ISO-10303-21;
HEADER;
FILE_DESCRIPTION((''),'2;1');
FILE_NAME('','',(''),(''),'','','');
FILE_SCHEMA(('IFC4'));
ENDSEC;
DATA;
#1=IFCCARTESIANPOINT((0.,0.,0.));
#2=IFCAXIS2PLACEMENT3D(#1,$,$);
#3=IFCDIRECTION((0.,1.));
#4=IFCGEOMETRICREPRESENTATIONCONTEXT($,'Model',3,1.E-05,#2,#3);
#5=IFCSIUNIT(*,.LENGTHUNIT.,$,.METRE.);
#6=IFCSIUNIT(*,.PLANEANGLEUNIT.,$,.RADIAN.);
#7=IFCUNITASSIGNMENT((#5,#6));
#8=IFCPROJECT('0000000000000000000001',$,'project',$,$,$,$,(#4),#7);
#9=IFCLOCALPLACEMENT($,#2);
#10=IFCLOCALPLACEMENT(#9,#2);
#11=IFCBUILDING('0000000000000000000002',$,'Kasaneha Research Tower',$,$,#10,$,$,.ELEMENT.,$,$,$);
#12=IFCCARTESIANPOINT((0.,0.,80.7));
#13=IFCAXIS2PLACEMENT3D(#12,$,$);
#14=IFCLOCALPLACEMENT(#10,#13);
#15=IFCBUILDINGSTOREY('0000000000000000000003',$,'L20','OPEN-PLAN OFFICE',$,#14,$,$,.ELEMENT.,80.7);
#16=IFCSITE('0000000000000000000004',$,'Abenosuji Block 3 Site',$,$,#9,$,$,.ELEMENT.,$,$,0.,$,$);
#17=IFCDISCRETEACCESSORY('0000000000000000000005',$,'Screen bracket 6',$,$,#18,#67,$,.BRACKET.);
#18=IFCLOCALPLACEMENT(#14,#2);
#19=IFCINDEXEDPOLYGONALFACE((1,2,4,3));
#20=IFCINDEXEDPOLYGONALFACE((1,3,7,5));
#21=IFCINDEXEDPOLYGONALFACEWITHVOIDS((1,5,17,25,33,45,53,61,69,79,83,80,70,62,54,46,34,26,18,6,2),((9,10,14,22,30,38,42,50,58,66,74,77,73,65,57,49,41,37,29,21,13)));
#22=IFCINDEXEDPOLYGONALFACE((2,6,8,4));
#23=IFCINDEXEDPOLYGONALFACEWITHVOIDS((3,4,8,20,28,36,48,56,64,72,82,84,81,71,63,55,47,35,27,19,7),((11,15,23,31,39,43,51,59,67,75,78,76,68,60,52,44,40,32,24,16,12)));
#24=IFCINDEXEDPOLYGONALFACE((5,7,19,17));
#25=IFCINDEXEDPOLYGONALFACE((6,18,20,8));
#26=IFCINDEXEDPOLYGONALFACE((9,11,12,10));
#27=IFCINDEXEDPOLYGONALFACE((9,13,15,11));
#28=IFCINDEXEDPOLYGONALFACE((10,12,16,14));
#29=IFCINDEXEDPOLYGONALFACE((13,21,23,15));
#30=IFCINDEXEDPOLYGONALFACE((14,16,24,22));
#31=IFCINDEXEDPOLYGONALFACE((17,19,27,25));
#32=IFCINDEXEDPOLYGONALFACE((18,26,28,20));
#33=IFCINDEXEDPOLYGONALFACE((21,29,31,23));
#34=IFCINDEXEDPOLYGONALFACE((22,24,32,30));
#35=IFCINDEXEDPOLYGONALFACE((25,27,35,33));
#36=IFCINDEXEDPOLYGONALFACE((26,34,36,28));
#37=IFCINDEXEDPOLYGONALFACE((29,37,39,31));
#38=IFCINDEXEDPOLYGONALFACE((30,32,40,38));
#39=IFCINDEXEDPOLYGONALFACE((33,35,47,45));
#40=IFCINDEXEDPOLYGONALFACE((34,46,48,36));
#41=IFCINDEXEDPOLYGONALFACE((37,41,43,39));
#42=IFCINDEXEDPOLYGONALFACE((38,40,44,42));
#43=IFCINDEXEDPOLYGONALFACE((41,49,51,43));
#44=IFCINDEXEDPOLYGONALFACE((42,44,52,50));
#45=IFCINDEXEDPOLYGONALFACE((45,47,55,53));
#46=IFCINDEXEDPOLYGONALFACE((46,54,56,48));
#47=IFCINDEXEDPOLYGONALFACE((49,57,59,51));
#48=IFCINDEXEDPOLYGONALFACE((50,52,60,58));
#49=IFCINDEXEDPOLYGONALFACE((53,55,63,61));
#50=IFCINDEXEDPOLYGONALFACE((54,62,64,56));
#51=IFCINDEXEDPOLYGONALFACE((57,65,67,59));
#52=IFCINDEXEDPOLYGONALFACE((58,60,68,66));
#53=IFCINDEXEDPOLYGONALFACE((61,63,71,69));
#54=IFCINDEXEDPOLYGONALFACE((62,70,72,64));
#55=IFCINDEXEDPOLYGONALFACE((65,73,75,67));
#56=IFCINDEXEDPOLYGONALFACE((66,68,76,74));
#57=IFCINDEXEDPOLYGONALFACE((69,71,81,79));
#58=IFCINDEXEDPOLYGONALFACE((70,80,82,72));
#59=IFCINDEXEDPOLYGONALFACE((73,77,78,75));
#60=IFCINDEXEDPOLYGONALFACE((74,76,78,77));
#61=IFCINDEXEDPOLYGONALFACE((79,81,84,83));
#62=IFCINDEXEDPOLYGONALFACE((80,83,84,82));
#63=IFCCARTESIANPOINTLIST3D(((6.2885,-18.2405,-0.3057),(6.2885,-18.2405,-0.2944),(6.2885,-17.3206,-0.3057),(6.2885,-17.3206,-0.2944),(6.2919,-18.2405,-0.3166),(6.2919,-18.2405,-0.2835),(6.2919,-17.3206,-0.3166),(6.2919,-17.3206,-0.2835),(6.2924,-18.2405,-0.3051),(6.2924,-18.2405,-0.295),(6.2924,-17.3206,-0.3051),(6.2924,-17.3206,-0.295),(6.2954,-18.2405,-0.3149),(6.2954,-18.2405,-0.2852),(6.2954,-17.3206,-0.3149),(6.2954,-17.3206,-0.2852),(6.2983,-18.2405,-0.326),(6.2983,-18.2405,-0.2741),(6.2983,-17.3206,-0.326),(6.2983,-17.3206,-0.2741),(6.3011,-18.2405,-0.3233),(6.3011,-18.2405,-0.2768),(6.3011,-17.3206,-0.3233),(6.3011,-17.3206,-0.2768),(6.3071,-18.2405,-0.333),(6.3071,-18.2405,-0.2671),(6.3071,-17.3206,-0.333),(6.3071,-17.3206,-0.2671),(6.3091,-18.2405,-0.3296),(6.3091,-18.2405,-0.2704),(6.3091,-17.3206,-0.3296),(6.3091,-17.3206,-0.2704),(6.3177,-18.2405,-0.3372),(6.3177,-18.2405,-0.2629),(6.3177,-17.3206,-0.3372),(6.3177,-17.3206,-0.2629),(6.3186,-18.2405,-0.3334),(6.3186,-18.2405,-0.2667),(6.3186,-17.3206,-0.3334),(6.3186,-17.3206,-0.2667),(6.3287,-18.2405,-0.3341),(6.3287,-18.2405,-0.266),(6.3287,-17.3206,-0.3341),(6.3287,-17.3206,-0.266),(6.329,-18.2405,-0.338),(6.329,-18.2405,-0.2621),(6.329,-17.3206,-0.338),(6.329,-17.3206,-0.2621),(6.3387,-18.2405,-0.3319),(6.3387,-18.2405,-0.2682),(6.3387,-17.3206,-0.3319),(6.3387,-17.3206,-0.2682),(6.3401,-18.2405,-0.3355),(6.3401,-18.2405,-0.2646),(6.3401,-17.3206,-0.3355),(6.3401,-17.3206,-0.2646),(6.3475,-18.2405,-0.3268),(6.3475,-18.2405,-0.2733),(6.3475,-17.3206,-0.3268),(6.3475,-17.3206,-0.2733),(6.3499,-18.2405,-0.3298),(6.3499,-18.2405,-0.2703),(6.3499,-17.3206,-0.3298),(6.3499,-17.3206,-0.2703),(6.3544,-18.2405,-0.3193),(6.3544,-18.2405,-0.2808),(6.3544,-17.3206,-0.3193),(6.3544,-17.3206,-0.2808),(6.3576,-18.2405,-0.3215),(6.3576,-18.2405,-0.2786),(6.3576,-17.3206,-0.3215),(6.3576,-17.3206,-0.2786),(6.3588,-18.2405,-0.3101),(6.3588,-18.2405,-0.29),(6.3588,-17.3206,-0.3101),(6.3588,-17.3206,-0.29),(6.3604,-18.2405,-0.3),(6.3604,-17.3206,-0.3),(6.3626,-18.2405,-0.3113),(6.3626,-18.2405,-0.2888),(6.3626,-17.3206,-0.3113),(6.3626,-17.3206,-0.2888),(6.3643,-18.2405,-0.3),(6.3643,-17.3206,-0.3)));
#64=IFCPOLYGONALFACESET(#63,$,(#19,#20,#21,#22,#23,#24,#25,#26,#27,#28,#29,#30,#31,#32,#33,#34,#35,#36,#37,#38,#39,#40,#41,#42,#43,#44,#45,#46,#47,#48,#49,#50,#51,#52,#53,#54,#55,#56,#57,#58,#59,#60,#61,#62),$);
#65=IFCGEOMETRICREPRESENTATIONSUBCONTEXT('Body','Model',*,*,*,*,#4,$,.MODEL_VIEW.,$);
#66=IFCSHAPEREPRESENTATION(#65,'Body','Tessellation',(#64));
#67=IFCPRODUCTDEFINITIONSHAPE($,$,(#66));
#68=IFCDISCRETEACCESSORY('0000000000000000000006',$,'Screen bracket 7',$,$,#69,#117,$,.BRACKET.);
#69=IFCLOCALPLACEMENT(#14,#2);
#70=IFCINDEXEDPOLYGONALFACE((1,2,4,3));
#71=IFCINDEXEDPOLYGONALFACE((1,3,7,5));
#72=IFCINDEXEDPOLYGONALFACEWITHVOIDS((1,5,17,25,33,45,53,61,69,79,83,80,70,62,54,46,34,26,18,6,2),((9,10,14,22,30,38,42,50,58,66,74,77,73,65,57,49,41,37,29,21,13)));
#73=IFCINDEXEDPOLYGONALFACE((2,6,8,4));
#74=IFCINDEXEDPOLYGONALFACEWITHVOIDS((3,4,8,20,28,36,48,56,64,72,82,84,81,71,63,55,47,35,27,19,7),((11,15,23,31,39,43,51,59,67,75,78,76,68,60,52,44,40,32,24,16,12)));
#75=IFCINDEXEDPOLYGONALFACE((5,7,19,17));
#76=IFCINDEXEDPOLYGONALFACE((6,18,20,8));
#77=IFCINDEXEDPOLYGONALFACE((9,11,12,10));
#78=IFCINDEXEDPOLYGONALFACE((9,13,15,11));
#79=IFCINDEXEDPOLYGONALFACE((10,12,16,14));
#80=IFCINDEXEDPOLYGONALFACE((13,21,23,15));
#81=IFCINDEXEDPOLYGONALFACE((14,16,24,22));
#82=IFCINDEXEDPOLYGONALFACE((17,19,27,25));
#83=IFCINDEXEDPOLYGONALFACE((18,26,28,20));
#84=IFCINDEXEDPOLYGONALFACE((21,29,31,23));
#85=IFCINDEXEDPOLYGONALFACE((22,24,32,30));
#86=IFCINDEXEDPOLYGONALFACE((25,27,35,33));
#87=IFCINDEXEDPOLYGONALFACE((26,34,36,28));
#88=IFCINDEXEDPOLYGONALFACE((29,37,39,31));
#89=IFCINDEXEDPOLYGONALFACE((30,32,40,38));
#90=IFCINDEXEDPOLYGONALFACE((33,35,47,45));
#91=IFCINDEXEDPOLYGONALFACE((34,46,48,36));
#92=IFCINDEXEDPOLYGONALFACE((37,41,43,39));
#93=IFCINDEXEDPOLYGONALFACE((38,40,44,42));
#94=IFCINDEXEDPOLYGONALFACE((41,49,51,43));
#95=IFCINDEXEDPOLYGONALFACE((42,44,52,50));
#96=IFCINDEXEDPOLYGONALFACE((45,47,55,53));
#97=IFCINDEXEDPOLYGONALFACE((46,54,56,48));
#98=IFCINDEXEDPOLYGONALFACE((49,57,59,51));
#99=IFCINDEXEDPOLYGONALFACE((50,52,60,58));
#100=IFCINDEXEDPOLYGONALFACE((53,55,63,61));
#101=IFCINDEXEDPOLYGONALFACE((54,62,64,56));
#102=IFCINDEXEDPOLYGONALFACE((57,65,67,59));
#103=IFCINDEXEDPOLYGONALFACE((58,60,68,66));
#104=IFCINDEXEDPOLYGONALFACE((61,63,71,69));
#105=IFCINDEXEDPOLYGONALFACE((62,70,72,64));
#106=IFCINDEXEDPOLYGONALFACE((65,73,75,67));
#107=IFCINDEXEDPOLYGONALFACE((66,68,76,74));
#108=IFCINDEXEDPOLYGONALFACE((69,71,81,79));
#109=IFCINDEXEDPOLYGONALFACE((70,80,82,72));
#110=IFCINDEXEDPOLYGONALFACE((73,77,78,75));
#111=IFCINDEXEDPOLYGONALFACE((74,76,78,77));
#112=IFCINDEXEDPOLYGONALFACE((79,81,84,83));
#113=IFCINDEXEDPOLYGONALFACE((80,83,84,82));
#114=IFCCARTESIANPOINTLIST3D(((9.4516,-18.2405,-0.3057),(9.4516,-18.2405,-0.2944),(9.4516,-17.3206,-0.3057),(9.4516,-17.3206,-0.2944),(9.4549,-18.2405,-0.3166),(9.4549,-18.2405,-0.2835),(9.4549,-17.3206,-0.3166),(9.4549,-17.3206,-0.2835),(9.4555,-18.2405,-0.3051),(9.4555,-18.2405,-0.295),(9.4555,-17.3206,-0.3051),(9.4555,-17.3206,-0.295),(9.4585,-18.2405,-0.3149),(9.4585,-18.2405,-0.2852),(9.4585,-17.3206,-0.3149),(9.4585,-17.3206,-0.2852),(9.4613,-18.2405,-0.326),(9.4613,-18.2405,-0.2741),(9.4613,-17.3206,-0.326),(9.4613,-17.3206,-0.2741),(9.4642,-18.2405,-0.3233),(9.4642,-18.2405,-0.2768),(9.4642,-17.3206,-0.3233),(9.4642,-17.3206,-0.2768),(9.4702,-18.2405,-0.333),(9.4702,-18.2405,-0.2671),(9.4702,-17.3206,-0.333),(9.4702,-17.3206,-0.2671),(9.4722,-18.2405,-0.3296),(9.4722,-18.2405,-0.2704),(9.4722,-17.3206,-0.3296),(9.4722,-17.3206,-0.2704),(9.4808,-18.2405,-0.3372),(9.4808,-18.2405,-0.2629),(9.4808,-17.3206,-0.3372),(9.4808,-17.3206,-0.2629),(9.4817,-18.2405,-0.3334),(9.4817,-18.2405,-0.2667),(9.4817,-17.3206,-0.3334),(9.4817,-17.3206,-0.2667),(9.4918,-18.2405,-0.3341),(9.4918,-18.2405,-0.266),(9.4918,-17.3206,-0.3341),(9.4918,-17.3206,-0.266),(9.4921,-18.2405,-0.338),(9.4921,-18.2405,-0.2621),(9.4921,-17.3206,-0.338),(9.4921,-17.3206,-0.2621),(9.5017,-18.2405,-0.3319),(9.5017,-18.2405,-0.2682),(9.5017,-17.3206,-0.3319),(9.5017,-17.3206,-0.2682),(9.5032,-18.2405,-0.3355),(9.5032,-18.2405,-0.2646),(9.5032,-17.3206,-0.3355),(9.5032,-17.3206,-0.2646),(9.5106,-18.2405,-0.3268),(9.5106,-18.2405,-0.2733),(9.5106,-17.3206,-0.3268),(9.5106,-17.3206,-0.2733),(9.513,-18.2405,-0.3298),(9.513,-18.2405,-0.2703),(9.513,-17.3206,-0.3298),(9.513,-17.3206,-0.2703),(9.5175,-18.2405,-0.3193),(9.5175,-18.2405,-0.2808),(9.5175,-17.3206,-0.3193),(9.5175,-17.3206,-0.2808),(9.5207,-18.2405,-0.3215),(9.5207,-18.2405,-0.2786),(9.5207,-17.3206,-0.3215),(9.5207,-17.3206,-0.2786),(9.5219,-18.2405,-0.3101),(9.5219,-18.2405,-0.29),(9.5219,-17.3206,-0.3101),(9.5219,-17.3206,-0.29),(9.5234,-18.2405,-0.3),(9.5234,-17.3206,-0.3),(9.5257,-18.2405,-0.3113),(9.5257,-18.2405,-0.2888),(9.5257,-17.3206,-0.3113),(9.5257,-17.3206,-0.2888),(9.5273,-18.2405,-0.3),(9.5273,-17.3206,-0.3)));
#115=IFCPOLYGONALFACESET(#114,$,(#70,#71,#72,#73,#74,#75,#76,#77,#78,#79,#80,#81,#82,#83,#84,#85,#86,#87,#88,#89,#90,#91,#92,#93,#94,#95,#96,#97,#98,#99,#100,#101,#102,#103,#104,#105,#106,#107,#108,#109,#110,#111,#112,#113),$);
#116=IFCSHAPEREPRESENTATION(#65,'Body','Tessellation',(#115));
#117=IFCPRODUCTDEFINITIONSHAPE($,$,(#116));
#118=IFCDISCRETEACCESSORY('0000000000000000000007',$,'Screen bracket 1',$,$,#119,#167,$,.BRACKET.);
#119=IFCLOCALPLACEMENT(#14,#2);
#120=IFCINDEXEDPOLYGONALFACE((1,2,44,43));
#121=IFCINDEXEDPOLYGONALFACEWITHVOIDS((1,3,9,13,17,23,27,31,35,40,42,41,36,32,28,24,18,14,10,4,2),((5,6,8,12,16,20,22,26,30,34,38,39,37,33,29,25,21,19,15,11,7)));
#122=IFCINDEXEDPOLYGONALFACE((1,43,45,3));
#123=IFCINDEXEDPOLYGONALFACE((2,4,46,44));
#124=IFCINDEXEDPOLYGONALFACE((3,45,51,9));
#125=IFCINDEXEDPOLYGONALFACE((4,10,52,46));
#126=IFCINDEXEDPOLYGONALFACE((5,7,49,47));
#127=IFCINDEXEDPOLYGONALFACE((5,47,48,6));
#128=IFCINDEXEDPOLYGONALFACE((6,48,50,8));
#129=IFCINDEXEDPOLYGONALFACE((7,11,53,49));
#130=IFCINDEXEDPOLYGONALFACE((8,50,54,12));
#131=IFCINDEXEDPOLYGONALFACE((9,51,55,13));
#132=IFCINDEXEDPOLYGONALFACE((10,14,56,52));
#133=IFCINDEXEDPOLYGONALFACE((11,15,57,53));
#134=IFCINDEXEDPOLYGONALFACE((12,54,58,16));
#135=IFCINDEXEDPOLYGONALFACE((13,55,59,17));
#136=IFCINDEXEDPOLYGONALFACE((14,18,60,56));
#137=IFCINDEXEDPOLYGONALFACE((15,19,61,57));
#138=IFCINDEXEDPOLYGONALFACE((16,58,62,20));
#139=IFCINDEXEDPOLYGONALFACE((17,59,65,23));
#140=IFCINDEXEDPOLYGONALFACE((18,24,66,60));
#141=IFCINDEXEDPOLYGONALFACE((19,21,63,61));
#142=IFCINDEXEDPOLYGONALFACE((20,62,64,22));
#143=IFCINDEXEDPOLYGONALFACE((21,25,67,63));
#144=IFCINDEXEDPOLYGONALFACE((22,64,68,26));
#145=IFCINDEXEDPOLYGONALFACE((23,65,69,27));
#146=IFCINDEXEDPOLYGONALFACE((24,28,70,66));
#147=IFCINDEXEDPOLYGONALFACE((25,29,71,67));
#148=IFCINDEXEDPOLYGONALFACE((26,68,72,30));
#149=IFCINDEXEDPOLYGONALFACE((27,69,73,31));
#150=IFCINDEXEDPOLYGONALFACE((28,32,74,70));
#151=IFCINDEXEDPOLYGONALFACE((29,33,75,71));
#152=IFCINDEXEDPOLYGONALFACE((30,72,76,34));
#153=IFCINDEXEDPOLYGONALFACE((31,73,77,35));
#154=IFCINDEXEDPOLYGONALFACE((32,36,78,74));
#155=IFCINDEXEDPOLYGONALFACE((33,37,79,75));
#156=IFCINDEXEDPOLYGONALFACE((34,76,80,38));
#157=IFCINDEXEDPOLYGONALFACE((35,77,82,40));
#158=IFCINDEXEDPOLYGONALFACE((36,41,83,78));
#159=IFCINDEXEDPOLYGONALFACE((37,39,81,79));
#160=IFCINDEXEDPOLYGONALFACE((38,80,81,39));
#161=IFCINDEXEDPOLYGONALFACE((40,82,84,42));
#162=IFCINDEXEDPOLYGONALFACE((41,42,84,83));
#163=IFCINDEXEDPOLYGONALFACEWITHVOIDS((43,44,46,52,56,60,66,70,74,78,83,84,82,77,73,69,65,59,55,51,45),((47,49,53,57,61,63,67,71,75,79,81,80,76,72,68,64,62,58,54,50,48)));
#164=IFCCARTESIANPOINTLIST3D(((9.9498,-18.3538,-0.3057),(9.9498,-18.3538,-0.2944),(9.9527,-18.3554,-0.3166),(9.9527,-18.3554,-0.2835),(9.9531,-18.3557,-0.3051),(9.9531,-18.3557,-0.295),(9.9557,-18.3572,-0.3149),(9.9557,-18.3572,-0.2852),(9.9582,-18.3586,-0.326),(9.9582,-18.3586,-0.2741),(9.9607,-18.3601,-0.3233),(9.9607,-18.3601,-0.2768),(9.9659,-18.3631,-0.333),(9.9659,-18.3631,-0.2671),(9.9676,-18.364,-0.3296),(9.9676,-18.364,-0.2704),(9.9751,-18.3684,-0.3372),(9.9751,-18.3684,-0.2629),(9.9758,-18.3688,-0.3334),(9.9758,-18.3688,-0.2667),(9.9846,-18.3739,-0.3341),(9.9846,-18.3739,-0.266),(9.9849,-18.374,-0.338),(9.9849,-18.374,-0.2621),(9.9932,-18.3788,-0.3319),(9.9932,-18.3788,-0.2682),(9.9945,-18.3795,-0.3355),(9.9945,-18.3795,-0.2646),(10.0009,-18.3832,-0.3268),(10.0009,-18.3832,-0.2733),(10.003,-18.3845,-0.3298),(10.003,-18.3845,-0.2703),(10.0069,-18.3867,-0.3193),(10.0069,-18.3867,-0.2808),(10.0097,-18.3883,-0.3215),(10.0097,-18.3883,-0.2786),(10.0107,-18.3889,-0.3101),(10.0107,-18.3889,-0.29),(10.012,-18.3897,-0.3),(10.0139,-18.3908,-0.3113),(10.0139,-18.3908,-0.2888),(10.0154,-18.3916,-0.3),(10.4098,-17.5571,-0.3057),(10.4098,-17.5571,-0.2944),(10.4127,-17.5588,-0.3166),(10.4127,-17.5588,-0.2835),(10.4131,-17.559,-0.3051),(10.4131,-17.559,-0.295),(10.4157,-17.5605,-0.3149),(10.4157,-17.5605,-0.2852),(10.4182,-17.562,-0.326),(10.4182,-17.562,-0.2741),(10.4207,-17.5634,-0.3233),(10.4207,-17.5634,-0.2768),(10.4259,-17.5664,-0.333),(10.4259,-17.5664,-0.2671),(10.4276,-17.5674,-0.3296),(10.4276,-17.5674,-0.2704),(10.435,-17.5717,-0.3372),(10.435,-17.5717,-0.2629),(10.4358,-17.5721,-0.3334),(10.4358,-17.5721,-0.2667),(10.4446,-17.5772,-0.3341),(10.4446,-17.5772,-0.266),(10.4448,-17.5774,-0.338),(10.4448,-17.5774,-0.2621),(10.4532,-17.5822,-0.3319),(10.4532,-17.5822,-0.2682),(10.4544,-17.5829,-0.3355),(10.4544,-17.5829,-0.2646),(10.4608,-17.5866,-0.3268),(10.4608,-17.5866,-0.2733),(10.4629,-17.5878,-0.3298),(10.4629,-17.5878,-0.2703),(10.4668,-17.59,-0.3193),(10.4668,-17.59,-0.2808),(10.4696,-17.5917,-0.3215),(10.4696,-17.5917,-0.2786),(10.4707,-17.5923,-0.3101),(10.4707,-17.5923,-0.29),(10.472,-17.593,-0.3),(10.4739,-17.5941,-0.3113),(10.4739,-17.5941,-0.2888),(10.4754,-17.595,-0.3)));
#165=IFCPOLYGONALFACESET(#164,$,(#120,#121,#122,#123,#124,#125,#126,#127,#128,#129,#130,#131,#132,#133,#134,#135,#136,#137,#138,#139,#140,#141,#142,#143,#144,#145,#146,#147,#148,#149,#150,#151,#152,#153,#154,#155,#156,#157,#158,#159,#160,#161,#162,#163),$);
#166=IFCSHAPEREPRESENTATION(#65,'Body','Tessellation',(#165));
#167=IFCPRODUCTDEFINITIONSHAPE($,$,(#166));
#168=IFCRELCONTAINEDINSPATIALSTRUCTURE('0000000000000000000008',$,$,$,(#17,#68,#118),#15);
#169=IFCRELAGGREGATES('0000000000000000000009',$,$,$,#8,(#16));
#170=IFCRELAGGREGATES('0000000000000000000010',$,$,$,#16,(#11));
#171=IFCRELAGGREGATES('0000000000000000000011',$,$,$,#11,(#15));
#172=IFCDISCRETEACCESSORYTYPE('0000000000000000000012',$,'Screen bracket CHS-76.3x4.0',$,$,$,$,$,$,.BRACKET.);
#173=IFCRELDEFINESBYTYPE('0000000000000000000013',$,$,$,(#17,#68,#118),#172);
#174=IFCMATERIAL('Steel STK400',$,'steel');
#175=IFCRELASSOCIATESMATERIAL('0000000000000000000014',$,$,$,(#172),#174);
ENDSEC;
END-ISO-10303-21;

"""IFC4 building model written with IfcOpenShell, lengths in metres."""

from ifc_helpers import new_model, si_unit, direction, frame, origin, origin_2d, place, context, subcontext, project, spatial, hollow_circle, extrude, material, material_profile, profile_set, type_object, element, save


model = new_model("IFC4")

# Units and contexts
model_context = context("Model", 3, precision=1e-05, world=origin(), true_north=direction((0.0, 1.0)))
body_context = subcontext(model_context, "Body", "Model", "MODEL_VIEW")
ifc_project = project(units=[si_unit("LENGTHUNIT", "METRE"), si_unit("PLANEANGLEUNIT", "RADIAN")], contexts=[model_context])

# Site, building, storey
site_placement = place(None, origin())
site = spatial("IfcSite", under=ifc_project, at=site_placement, Name="Abenosuji Block 3 Site", CompositionType="ELEMENT", RefElevation=0.0)
building_placement = place(site_placement, origin())
building = spatial("IfcBuilding", under=site, at=building_placement, Name="Kasaneha Research Tower", CompositionType="ELEMENT")
storey_placement = place(building_placement, frame((0.0, 0.0, 80.7)))
storey = spatial("IfcBuildingStorey", under=building, at=storey_placement, Name="L20", Description="OPEN-PLAN OFFICE", CompositionType="ELEMENT", Elevation=80.7)

# Discrete accessories
ifc_material_1 = material(Name="Steel STK400", Category="steel")
ifc_material_profile_1 = material_profile(ifc_material_1, hollow_circle(Radius=0.0381, WallThickness=0.0039, at=origin_2d()), Name="CHS-76.3x4.0")
ifc_profile_set_1 = profile_set([ifc_material_profile_1], Name="Steel STK400")
discrete_accessory_type = type_object("IfcDiscreteAccessoryType", Name="Screen bracket CHS-76.3x4.0", PredefinedType="BRACKET", material=ifc_profile_set_1)
for number, where, z_axis, x_axis, name in (
    (1, (6.3262, -17.3206, -0.3), (0.0, -1.0, 0.0), (1.0, 0.0, 0.0), "Screen bracket 6"),
    (2, (9.4893, -17.3206, -0.3), (0.0, -1.0, 0.0), (1.0, 0.0, 0.0), "Screen bracket 7"),
    (3, (10.4424, -17.5759, -0.3), (-0.500021, -0.866013, 0.0), (0.866013, -0.500021, 0.0), "Screen bracket 1"),
):
    element("IfcDiscreteAccessory", number, at=place(storey_placement, frame(where, z_axis=z_axis, x_axis=x_axis)), inside=storey, type_object=discrete_accessory_type, Name=name, PredefinedType="BRACKET", context=body_context, shape_type="SweptSolid", body=[
        extrude(hollow_circle(Radius=0.0381, WallThickness=0.0039, at=origin_2d()), origin(), (0.0, 0.0, 1.0), 0.9199),
    ])

save(model, "model.ifc")
